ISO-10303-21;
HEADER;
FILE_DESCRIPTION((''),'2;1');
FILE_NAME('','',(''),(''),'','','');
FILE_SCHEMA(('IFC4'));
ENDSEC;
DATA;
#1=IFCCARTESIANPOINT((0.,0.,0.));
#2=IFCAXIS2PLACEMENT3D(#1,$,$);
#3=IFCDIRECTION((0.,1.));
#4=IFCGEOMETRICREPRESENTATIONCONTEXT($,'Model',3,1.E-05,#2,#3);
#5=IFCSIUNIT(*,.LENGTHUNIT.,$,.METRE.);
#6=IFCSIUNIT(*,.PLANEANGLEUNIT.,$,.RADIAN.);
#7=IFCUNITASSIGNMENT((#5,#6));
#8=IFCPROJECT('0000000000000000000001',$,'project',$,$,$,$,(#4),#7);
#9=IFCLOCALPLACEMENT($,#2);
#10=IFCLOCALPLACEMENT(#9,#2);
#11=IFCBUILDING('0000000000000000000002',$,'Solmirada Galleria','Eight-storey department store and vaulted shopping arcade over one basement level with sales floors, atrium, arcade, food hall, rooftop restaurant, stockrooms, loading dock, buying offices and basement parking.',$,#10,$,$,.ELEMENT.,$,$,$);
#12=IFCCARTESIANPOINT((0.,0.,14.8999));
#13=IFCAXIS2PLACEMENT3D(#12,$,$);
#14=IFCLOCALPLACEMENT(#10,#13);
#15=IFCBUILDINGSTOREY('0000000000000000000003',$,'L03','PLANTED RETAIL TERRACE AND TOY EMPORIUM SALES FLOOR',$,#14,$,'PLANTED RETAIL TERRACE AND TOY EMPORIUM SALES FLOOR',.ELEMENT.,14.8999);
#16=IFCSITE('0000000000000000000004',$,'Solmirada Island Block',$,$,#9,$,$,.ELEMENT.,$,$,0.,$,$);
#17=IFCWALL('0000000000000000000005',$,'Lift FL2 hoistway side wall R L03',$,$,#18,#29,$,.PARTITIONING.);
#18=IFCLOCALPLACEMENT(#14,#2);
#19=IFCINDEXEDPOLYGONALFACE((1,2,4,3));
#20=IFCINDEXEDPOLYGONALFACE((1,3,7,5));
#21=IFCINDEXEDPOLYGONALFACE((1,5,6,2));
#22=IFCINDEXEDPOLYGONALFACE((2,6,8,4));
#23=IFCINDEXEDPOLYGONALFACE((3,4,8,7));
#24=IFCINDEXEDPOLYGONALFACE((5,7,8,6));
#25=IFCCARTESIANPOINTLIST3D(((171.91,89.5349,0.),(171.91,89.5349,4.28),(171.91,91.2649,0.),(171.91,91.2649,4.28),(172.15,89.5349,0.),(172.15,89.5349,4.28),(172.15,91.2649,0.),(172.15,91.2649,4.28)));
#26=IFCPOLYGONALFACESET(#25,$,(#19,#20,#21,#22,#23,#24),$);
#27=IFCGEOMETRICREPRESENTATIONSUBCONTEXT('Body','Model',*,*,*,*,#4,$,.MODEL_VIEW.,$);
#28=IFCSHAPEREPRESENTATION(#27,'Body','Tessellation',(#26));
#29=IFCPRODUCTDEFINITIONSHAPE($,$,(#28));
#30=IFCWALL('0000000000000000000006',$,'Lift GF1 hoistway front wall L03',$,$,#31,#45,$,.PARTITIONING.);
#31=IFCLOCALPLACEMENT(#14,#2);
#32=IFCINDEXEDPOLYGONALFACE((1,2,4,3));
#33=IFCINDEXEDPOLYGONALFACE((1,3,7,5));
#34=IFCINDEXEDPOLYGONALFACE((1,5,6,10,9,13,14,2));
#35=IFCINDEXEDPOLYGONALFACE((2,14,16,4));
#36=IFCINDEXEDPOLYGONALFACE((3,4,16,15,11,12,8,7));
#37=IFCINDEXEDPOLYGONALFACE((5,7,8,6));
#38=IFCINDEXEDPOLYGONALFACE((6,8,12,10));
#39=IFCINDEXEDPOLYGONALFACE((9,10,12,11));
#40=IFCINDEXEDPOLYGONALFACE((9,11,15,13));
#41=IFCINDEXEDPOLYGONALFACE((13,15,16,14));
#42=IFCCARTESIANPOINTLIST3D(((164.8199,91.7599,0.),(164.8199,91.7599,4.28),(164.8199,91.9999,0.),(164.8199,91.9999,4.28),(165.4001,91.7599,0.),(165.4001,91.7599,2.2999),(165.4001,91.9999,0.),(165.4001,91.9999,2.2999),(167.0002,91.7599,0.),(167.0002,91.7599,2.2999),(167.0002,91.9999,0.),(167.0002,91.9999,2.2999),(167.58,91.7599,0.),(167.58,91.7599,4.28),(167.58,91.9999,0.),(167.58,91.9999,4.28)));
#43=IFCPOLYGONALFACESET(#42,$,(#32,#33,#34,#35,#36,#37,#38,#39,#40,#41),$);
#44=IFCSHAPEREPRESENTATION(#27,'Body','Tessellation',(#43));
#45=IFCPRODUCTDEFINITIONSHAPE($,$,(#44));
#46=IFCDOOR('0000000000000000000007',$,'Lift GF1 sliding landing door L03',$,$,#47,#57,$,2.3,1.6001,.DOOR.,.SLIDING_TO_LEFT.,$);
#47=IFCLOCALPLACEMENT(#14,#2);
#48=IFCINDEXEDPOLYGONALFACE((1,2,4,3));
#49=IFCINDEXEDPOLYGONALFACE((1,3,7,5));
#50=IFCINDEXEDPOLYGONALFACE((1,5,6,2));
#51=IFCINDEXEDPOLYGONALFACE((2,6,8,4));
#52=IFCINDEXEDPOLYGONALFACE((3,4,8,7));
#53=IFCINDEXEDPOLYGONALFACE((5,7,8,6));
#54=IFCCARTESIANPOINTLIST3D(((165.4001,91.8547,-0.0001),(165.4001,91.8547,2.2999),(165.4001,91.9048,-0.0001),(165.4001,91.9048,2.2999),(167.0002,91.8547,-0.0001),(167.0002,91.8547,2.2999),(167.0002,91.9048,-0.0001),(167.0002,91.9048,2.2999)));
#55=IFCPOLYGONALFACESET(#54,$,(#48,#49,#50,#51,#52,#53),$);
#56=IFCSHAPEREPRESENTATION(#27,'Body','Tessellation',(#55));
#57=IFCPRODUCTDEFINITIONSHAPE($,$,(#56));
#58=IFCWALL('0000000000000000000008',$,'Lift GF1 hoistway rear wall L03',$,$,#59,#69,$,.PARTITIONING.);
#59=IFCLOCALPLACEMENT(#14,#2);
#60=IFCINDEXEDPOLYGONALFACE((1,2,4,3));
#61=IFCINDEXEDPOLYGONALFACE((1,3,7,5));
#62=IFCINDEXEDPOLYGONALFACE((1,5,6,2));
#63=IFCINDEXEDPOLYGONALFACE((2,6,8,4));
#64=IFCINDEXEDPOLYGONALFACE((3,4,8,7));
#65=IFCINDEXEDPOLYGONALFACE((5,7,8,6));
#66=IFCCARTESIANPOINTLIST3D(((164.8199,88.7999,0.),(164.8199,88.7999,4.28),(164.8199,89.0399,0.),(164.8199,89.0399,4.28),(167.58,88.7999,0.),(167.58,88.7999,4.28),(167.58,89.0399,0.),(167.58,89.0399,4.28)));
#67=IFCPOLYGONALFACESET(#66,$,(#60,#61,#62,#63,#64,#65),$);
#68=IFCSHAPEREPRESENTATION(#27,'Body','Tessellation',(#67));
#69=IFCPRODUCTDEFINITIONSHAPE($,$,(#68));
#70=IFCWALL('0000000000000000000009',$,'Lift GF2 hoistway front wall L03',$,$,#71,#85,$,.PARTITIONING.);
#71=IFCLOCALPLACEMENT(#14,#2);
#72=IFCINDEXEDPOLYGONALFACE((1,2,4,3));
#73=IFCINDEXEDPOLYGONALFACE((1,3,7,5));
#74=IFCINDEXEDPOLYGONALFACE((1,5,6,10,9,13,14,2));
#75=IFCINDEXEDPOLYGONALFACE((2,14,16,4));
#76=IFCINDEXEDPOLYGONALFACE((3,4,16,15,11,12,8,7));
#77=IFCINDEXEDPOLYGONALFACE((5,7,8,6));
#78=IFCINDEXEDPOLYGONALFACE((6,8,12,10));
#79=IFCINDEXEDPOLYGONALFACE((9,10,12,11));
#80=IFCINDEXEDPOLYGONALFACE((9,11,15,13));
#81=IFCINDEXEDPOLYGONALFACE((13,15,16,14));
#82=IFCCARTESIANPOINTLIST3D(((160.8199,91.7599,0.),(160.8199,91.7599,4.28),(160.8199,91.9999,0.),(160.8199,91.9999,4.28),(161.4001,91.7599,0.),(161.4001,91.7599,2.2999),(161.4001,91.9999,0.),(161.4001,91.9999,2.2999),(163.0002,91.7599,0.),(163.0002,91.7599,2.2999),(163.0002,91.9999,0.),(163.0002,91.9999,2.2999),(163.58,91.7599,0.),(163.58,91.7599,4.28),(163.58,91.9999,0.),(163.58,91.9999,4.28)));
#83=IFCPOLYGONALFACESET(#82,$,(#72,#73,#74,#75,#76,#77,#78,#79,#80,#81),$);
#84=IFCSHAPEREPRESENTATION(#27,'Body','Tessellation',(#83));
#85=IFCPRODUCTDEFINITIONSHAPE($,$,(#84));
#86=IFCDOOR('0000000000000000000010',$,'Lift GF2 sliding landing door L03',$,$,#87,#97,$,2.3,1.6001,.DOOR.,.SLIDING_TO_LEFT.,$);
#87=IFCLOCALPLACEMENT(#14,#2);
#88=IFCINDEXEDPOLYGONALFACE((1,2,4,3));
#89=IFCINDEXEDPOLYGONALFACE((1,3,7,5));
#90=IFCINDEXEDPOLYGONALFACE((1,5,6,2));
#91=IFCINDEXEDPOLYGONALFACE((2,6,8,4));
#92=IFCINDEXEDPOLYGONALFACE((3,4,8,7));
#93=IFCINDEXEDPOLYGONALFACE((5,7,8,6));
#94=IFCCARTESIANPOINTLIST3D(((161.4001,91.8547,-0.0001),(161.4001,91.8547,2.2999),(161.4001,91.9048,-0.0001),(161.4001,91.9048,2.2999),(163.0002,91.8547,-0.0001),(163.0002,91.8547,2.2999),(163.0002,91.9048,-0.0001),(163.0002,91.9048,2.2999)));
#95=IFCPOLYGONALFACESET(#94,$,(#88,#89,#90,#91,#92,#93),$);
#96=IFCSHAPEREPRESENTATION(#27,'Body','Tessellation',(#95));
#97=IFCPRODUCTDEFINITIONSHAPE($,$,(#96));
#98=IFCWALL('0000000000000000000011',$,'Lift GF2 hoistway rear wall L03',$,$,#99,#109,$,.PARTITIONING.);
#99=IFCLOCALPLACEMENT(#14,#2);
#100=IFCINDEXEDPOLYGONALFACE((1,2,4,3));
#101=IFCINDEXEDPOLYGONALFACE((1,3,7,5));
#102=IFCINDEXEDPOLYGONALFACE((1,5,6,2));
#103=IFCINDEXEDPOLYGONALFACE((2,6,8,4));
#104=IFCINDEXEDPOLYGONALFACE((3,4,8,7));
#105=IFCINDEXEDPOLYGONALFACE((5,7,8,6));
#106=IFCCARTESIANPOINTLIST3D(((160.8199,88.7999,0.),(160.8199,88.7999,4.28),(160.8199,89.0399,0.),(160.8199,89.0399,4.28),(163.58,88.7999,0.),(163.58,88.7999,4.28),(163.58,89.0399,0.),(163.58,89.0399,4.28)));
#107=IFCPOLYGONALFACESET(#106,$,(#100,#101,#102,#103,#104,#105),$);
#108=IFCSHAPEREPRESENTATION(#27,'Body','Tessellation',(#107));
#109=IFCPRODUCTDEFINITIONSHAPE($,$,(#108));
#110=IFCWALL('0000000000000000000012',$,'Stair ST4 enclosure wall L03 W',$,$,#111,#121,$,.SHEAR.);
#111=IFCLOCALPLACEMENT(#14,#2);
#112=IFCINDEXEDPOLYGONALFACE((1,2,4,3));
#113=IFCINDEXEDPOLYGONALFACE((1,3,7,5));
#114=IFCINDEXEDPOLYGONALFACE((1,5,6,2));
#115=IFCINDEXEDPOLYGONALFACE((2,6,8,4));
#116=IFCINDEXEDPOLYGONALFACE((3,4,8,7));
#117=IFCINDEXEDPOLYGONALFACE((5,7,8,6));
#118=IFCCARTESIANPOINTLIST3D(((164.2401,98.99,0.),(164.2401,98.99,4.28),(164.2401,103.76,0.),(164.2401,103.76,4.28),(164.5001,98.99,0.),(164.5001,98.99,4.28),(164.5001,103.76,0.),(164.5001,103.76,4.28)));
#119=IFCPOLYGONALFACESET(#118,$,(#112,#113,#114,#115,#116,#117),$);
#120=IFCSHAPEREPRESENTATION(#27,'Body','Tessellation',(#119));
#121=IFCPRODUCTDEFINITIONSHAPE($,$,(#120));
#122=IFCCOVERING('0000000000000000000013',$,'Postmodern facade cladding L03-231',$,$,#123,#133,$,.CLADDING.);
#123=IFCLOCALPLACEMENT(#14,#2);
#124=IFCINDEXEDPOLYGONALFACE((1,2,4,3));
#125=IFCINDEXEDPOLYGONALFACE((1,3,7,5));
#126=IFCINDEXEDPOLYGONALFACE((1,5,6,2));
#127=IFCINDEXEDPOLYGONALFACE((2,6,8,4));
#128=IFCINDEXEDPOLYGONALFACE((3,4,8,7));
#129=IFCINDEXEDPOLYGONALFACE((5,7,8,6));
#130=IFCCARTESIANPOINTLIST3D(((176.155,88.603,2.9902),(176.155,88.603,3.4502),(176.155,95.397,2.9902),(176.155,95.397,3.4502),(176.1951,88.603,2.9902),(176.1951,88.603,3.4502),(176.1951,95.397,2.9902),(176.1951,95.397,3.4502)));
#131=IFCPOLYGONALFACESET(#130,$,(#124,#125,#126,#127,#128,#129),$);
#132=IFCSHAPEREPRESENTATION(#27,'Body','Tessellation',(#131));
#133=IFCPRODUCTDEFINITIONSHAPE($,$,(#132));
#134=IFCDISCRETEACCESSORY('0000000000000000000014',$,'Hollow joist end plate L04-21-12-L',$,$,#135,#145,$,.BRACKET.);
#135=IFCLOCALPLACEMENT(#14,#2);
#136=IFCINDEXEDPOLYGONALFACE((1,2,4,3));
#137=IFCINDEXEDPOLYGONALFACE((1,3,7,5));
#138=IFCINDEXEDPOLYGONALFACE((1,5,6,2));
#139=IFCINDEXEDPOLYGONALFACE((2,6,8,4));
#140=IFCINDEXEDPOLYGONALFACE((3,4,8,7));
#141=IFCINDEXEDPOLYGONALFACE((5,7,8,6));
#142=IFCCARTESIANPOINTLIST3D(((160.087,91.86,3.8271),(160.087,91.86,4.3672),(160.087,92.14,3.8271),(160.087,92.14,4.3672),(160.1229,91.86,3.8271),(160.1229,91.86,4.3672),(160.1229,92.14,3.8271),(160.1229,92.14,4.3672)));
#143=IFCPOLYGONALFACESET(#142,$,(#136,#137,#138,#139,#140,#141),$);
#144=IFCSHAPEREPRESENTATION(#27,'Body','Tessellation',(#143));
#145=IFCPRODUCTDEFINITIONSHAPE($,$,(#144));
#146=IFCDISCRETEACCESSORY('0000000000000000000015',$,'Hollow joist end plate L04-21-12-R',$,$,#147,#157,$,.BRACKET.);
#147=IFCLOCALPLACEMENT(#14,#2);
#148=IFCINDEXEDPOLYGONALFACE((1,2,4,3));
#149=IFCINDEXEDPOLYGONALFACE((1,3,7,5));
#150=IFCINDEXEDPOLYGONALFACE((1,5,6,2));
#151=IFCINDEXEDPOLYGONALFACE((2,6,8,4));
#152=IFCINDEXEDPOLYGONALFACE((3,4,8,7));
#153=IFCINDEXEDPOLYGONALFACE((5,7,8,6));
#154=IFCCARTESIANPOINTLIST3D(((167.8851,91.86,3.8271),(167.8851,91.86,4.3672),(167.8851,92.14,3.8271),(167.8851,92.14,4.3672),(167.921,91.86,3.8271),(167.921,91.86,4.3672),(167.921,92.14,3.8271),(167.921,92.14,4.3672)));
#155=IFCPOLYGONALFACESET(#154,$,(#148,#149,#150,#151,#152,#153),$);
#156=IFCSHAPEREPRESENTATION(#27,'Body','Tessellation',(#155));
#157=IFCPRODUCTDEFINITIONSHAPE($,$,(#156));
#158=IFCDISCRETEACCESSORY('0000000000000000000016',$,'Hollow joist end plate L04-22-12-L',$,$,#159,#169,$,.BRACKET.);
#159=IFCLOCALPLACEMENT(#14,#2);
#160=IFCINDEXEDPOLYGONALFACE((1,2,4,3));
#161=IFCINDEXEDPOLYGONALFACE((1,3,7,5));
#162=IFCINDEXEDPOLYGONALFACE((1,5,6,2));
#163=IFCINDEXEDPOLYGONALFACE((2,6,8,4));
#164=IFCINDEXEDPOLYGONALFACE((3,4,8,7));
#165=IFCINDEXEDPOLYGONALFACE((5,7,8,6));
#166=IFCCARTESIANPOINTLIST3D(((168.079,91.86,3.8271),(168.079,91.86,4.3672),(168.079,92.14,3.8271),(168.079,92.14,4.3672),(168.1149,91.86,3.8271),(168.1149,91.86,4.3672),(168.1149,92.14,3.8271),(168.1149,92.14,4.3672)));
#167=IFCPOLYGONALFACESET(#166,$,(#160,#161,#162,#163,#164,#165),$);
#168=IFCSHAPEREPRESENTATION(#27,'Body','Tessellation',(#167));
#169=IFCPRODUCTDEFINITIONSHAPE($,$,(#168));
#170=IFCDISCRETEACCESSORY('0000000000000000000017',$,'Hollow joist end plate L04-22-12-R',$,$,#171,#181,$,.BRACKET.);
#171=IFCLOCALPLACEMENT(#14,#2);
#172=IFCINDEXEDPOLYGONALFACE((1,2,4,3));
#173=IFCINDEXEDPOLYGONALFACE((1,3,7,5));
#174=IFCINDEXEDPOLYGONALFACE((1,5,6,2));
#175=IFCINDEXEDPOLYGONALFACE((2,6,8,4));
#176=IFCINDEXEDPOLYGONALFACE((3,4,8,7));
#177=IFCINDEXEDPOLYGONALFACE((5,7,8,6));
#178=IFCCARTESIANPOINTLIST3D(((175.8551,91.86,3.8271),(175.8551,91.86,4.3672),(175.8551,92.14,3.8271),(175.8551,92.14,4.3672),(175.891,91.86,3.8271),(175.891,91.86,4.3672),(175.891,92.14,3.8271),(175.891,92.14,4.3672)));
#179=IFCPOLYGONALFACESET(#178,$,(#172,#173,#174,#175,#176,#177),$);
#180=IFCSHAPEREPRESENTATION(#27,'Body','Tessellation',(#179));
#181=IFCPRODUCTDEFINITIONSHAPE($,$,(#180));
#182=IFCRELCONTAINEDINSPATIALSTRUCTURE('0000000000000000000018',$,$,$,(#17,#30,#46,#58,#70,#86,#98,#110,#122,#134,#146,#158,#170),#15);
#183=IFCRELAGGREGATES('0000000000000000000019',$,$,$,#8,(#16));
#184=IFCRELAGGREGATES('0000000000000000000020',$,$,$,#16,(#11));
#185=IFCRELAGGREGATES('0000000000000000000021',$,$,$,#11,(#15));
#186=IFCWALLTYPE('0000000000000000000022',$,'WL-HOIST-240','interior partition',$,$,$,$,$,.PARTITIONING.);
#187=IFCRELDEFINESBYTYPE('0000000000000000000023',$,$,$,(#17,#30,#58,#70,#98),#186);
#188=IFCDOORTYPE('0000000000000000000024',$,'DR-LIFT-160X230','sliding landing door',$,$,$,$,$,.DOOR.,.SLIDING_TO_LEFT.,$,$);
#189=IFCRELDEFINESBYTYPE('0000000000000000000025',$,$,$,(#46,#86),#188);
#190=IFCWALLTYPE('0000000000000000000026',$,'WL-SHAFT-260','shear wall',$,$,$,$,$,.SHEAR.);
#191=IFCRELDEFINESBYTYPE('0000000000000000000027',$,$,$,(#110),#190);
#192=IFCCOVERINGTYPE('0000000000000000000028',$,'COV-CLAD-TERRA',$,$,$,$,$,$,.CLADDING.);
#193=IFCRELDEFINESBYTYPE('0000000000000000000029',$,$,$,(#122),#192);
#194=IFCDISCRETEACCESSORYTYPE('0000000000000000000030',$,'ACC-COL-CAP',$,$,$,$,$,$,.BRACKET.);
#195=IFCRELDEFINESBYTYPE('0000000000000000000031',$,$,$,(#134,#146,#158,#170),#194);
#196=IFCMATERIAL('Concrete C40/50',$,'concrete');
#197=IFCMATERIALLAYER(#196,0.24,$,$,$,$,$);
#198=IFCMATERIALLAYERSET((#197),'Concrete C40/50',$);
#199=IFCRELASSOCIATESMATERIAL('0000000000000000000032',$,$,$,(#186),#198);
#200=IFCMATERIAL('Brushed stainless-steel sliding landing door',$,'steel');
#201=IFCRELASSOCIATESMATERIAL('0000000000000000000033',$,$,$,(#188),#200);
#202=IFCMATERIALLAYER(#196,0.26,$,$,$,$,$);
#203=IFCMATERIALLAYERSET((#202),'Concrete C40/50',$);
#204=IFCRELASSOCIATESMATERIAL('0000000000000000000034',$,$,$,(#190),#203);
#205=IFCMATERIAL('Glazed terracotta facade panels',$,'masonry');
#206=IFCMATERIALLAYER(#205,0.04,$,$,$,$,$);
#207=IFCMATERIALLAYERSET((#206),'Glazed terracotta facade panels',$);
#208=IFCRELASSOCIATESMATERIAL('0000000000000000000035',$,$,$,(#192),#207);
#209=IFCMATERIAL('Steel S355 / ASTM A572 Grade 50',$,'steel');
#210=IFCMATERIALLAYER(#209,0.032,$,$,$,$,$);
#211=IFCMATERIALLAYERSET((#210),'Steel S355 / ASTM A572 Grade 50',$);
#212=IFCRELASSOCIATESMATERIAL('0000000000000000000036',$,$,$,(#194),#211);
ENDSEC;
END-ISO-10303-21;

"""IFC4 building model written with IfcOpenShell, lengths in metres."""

from ifc_helpers import new_model, si_unit, direction, frame, frame_2d, origin, origin_2d, place, context, subcontext, project, spatial, rectangle, extrude, material, layer, layer_set, type_object, element, fill, save


model = new_model("IFC4")

# Units and contexts
model_context = context("Model", 3, precision=1e-05, world=origin(), true_north=direction((0.0, 1.0)))
body_context = subcontext(model_context, "Body", "Model", "MODEL_VIEW")
ifc_project = project(units=[si_unit("LENGTHUNIT", "METRE"), si_unit("PLANEANGLEUNIT", "RADIAN")], contexts=[model_context])

# Site, building, storey
site_placement = place(None, origin())
site = spatial("IfcSite", under=ifc_project, at=site_placement, Name="Solmirada Island Block", CompositionType="ELEMENT", RefElevation=0.0)
building_placement = place(site_placement, origin())
building = spatial("IfcBuilding", under=site, at=building_placement, Name="Solmirada Galleria", Description="Eight-storey department store and vaulted shopping arcade over one basement level with sales floors, atrium, arcade, food hall, rooftop restaurant, stockrooms, loading dock, buying offices and basement parking.", CompositionType="ELEMENT")
storey_placement = place(building_placement, frame((0.0, 0.0, 14.8999)))
storey = spatial("IfcBuildingStorey", under=building, at=storey_placement, Name="L03", Description="PLANTED RETAIL TERRACE AND TOY EMPORIUM SALES FLOOR", LongName="PLANTED RETAIL TERRACE AND TOY EMPORIUM SALES FLOOR", CompositionType="ELEMENT", Elevation=14.8999)

# Shared definitions
ifc_material_1 = material(Name="Concrete C40/50", Category="concrete")

# Shared definitions
ifc_layer_1 = layer(ifc_material_1, 0.24)
ifc_layer_set_1 = layer_set([ifc_layer_1], Name="Concrete C40/50")
wall_type_1 = type_object("IfcWallType", Name="WL-HOIST-240", Description="interior partition", PredefinedType="PARTITIONING", material=ifc_layer_set_1)
ifc_material_2 = material(Name="Brushed stainless-steel sliding landing door", Category="steel")

# Wall
for number, where, z_axis, x_axis, name in (
    (1, (172.03, 89.5349, 0.0), (0.0, 0.0, 1.0), (0.0, 1.0, 0.0), "Lift FL2 hoistway side wall R L03"),
):
    element("IfcWall", number, at=place(storey_placement, frame(where, z_axis=z_axis, x_axis=x_axis)), inside=storey, type_object=wall_type_1, Name=name, PredefinedType="PARTITIONING", context=body_context, shape_type="SweptSolid", body=[
        extrude(rectangle(XDim=1.73, YDim=0.24, at=frame_2d((0.865, 0.0))), origin(), (0.0, 0.0, 1.0), 4.28),
    ])

# Wall, opening, door
wall_1_placement = place(storey_placement, frame((164.8201, 91.8799, 0.0), z_axis=(0.0, 0.0, 1.0), x_axis=(1.0, 0.0, 0.0)))
wall_1 = element("IfcWall", 2, at=wall_1_placement, inside=storey, type_object=wall_type_1, Name="Lift GF1 hoistway front wall L03", PredefinedType="PARTITIONING", context=body_context, shape_type="SweptSolid", body=[
    extrude(rectangle(XDim=2.76, YDim=0.24, at=frame_2d((1.3799, 0.0))), origin(), (0.0, 0.0, 1.0), 4.28),
])
opening_1_placement = place(wall_1_placement, frame((0.5801, 0.0, 0.0)))
opening_1 = element("IfcOpeningElement", 3, at=opening_1_placement, cuts=wall_1, PredefinedType="OPENING", context=body_context, shape_type="SweptSolid", body=[
    extrude(rectangle(XDim=1.6001, YDim=2.3, at=frame_2d((0.8, 1.1499))), frame((0.0, 0.1299, 0.0), z_axis=(0.0, -1.0, 0.0), x_axis=(1.0, 0.0, 0.0)), (0.0, 0.0, 1.0), 0.26),
])
door_type_1 = type_object("IfcDoorType", Name="DR-LIFT-160X230", Description="sliding landing door", OperationType="SLIDING_TO_LEFT", PredefinedType="DOOR", material=ifc_material_2)
door_1_placement = place(opening_1_placement, origin())
door_1 = element("IfcDoor", 4, at=door_1_placement, inside=storey, type_object=door_type_1, Name="Lift GF1 sliding landing door L03", OperationType="SLIDING_TO_LEFT", OverallHeight=2.3, OverallWidth=1.6001, PredefinedType="DOOR", context=body_context, shape_type="SweptSolid", body=[
    extrude(rectangle(XDim=1.6001, YDim=2.3, at=frame_2d((0.8, 1.1499))), frame((0.0, 0.0249, 0.0), z_axis=(0.0, -1.0, 0.0), x_axis=(1.0, 0.0, 0.0)), (0.0, 0.0, 1.0), 0.05),
])
fill(opening_1, door_1)

# Wall
wall_2_placement = place(storey_placement, frame((164.8201, 88.9199, 0.0), z_axis=(0.0, 0.0, 1.0), x_axis=(1.0, 0.0, 0.0)))
element("IfcWall", 5, at=wall_2_placement, inside=storey, type_object=wall_type_1, Name="Lift GF1 hoistway rear wall L03", PredefinedType="PARTITIONING", context=body_context, shape_type="SweptSolid", body=[
    extrude(rectangle(XDim=2.76, YDim=0.24, at=frame_2d((1.3799, 0.0))), origin(), (0.0, 0.0, 1.0), 4.28),
])

# Wall, opening, door
wall_3_placement = place(storey_placement, frame((160.8201, 91.8799, 0.0), z_axis=(0.0, 0.0, 1.0), x_axis=(1.0, 0.0, 0.0)))
wall_3 = element("IfcWall", 6, at=wall_3_placement, inside=storey, type_object=wall_type_1, Name="Lift GF2 hoistway front wall L03", PredefinedType="PARTITIONING", context=body_context, shape_type="SweptSolid", body=[
    extrude(rectangle(XDim=2.76, YDim=0.24, at=frame_2d((1.3799, 0.0))), origin(), (0.0, 0.0, 1.0), 4.28),
])
opening_2_placement = place(wall_3_placement, frame((0.5801, 0.0, 0.0)))
opening_2 = element("IfcOpeningElement", 7, at=opening_2_placement, cuts=wall_3, PredefinedType="OPENING", context=body_context, shape_type="SweptSolid", body=[
    extrude(rectangle(XDim=1.6001, YDim=2.3, at=frame_2d((0.8, 1.1499))), frame((0.0, 0.1299, 0.0), z_axis=(0.0, -1.0, 0.0), x_axis=(1.0, 0.0, 0.0)), (0.0, 0.0, 1.0), 0.26),
])
door_2_placement = place(opening_2_placement, origin())
door_2 = element("IfcDoor", 8, at=door_2_placement, inside=storey, type_object=door_type_1, Name="Lift GF2 sliding landing door L03", OperationType="SLIDING_TO_LEFT", OverallHeight=2.3, OverallWidth=1.6001, PredefinedType="DOOR", context=body_context, shape_type="SweptSolid", body=[
    extrude(rectangle(XDim=1.6001, YDim=2.3, at=frame_2d((0.8, 1.1499))), frame((0.0, 0.0249, 0.0), z_axis=(0.0, -1.0, 0.0), x_axis=(1.0, 0.0, 0.0)), (0.0, 0.0, 1.0), 0.05),
])
fill(opening_2, door_2)

# Wall
wall_4_placement = place(storey_placement, frame((160.8201, 88.9199, 0.0), z_axis=(0.0, 0.0, 1.0), x_axis=(1.0, 0.0, 0.0)))
element("IfcWall", 9, at=wall_4_placement, inside=storey, type_object=wall_type_1, Name="Lift GF2 hoistway rear wall L03", PredefinedType="PARTITIONING", context=body_context, shape_type="SweptSolid", body=[
    extrude(rectangle(XDim=2.76, YDim=0.24, at=frame_2d((1.3799, 0.0))), origin(), (0.0, 0.0, 1.0), 4.28),
])

# Wall
ifc_layer_2 = layer(ifc_material_1, 0.26)
ifc_layer_set_2 = layer_set([ifc_layer_2], Name="Concrete C40/50")
wall_type_2 = type_object("IfcWallType", Name="WL-SHAFT-260", Description="shear wall", PredefinedType="SHEAR", material=ifc_layer_set_2)
wall_5_placement = place(storey_placement, frame((164.3701, 98.99, 0.0), z_axis=(0.0, 0.0, 1.0), x_axis=(0.0, 1.0, 0.0)))
element("IfcWall", 10, at=wall_5_placement, inside=storey, type_object=wall_type_2, Name="Stair ST4 enclosure wall L03 W", PredefinedType="SHEAR", context=body_context, shape_type="SweptSolid", body=[
    extrude(rectangle(XDim=4.77, YDim=0.26, at=frame_2d((2.385, 0.0))), origin(), (0.0, 0.0, 1.0), 4.28),
])

# Covering
ifc_material_3 = material(Name="Glazed terracotta facade panels", Category="masonry")
ifc_layer_3 = layer(ifc_material_3, 0.04)
ifc_layer_set_3 = layer_set([ifc_layer_3], Name="Glazed terracotta facade panels")
covering_type = type_object("IfcCoveringType", Name="COV-CLAD-TERRA", PredefinedType="CLADDING", material=ifc_layer_set_3)
covering_placement = place(storey_placement, frame((176.175, 92.0, 2.9902), z_axis=(0.0, 0.0, 1.0), x_axis=(0.0, -1.0, 0.0)))
element("IfcCovering", 11, at=covering_placement, inside=storey, type_object=covering_type, Name="Postmodern facade cladding L03-231", PredefinedType="CLADDING", context=body_context, shape_type="SweptSolid", body=[
    extrude(rectangle(XDim=6.7939, YDim=0.04, at=origin_2d()), origin(), (0.0, 0.0, 1.0), 0.46),
])

# Discrete accessories
ifc_material_4 = material(Name="Steel S355 / ASTM A572 Grade 50", Category="steel")
ifc_layer_4 = layer(ifc_material_4, 0.032)
ifc_layer_set_4 = layer_set([ifc_layer_4], Name="Steel S355 / ASTM A572 Grade 50")
discrete_accessory_type = type_object("IfcDiscreteAccessoryType", Name="ACC-COL-CAP", PredefinedType="BRACKET", material=ifc_layer_set_4)
for number, where, z_axis, x_axis, name in (
    (12, (160.105, 92.0, 3.8271), (0.0, 0.0, 1.0), (1.0, 0.0, 0.0), "Hollow joist end plate L04-21-12-L"),
    (13, (167.9031, 92.0, 3.8271), (0.0, 0.0, 1.0), (1.0, 0.0, 0.0), "Hollow joist end plate L04-21-12-R"),
    (14, (168.0969, 92.0, 3.8271), (0.0, 0.0, 1.0), (1.0, 0.0, 0.0), "Hollow joist end plate L04-22-12-L"),
    (15, (175.873, 92.0, 3.8271), (0.0, 0.0, 1.0), (1.0, 0.0, 0.0), "Hollow joist end plate L04-22-12-R"),
):
    element("IfcDiscreteAccessory", number, at=place(storey_placement, frame(where, z_axis=z_axis, x_axis=x_axis)), inside=storey, type_object=discrete_accessory_type, Name=name, PredefinedType="BRACKET", context=body_context, shape_type="SweptSolid", body=[
        extrude(rectangle(XDim=0.0359, YDim=0.28, at=origin_2d()), origin(), (0.0, 0.0, 1.0), 0.54),
    ])

save(model, "model.ifc")
